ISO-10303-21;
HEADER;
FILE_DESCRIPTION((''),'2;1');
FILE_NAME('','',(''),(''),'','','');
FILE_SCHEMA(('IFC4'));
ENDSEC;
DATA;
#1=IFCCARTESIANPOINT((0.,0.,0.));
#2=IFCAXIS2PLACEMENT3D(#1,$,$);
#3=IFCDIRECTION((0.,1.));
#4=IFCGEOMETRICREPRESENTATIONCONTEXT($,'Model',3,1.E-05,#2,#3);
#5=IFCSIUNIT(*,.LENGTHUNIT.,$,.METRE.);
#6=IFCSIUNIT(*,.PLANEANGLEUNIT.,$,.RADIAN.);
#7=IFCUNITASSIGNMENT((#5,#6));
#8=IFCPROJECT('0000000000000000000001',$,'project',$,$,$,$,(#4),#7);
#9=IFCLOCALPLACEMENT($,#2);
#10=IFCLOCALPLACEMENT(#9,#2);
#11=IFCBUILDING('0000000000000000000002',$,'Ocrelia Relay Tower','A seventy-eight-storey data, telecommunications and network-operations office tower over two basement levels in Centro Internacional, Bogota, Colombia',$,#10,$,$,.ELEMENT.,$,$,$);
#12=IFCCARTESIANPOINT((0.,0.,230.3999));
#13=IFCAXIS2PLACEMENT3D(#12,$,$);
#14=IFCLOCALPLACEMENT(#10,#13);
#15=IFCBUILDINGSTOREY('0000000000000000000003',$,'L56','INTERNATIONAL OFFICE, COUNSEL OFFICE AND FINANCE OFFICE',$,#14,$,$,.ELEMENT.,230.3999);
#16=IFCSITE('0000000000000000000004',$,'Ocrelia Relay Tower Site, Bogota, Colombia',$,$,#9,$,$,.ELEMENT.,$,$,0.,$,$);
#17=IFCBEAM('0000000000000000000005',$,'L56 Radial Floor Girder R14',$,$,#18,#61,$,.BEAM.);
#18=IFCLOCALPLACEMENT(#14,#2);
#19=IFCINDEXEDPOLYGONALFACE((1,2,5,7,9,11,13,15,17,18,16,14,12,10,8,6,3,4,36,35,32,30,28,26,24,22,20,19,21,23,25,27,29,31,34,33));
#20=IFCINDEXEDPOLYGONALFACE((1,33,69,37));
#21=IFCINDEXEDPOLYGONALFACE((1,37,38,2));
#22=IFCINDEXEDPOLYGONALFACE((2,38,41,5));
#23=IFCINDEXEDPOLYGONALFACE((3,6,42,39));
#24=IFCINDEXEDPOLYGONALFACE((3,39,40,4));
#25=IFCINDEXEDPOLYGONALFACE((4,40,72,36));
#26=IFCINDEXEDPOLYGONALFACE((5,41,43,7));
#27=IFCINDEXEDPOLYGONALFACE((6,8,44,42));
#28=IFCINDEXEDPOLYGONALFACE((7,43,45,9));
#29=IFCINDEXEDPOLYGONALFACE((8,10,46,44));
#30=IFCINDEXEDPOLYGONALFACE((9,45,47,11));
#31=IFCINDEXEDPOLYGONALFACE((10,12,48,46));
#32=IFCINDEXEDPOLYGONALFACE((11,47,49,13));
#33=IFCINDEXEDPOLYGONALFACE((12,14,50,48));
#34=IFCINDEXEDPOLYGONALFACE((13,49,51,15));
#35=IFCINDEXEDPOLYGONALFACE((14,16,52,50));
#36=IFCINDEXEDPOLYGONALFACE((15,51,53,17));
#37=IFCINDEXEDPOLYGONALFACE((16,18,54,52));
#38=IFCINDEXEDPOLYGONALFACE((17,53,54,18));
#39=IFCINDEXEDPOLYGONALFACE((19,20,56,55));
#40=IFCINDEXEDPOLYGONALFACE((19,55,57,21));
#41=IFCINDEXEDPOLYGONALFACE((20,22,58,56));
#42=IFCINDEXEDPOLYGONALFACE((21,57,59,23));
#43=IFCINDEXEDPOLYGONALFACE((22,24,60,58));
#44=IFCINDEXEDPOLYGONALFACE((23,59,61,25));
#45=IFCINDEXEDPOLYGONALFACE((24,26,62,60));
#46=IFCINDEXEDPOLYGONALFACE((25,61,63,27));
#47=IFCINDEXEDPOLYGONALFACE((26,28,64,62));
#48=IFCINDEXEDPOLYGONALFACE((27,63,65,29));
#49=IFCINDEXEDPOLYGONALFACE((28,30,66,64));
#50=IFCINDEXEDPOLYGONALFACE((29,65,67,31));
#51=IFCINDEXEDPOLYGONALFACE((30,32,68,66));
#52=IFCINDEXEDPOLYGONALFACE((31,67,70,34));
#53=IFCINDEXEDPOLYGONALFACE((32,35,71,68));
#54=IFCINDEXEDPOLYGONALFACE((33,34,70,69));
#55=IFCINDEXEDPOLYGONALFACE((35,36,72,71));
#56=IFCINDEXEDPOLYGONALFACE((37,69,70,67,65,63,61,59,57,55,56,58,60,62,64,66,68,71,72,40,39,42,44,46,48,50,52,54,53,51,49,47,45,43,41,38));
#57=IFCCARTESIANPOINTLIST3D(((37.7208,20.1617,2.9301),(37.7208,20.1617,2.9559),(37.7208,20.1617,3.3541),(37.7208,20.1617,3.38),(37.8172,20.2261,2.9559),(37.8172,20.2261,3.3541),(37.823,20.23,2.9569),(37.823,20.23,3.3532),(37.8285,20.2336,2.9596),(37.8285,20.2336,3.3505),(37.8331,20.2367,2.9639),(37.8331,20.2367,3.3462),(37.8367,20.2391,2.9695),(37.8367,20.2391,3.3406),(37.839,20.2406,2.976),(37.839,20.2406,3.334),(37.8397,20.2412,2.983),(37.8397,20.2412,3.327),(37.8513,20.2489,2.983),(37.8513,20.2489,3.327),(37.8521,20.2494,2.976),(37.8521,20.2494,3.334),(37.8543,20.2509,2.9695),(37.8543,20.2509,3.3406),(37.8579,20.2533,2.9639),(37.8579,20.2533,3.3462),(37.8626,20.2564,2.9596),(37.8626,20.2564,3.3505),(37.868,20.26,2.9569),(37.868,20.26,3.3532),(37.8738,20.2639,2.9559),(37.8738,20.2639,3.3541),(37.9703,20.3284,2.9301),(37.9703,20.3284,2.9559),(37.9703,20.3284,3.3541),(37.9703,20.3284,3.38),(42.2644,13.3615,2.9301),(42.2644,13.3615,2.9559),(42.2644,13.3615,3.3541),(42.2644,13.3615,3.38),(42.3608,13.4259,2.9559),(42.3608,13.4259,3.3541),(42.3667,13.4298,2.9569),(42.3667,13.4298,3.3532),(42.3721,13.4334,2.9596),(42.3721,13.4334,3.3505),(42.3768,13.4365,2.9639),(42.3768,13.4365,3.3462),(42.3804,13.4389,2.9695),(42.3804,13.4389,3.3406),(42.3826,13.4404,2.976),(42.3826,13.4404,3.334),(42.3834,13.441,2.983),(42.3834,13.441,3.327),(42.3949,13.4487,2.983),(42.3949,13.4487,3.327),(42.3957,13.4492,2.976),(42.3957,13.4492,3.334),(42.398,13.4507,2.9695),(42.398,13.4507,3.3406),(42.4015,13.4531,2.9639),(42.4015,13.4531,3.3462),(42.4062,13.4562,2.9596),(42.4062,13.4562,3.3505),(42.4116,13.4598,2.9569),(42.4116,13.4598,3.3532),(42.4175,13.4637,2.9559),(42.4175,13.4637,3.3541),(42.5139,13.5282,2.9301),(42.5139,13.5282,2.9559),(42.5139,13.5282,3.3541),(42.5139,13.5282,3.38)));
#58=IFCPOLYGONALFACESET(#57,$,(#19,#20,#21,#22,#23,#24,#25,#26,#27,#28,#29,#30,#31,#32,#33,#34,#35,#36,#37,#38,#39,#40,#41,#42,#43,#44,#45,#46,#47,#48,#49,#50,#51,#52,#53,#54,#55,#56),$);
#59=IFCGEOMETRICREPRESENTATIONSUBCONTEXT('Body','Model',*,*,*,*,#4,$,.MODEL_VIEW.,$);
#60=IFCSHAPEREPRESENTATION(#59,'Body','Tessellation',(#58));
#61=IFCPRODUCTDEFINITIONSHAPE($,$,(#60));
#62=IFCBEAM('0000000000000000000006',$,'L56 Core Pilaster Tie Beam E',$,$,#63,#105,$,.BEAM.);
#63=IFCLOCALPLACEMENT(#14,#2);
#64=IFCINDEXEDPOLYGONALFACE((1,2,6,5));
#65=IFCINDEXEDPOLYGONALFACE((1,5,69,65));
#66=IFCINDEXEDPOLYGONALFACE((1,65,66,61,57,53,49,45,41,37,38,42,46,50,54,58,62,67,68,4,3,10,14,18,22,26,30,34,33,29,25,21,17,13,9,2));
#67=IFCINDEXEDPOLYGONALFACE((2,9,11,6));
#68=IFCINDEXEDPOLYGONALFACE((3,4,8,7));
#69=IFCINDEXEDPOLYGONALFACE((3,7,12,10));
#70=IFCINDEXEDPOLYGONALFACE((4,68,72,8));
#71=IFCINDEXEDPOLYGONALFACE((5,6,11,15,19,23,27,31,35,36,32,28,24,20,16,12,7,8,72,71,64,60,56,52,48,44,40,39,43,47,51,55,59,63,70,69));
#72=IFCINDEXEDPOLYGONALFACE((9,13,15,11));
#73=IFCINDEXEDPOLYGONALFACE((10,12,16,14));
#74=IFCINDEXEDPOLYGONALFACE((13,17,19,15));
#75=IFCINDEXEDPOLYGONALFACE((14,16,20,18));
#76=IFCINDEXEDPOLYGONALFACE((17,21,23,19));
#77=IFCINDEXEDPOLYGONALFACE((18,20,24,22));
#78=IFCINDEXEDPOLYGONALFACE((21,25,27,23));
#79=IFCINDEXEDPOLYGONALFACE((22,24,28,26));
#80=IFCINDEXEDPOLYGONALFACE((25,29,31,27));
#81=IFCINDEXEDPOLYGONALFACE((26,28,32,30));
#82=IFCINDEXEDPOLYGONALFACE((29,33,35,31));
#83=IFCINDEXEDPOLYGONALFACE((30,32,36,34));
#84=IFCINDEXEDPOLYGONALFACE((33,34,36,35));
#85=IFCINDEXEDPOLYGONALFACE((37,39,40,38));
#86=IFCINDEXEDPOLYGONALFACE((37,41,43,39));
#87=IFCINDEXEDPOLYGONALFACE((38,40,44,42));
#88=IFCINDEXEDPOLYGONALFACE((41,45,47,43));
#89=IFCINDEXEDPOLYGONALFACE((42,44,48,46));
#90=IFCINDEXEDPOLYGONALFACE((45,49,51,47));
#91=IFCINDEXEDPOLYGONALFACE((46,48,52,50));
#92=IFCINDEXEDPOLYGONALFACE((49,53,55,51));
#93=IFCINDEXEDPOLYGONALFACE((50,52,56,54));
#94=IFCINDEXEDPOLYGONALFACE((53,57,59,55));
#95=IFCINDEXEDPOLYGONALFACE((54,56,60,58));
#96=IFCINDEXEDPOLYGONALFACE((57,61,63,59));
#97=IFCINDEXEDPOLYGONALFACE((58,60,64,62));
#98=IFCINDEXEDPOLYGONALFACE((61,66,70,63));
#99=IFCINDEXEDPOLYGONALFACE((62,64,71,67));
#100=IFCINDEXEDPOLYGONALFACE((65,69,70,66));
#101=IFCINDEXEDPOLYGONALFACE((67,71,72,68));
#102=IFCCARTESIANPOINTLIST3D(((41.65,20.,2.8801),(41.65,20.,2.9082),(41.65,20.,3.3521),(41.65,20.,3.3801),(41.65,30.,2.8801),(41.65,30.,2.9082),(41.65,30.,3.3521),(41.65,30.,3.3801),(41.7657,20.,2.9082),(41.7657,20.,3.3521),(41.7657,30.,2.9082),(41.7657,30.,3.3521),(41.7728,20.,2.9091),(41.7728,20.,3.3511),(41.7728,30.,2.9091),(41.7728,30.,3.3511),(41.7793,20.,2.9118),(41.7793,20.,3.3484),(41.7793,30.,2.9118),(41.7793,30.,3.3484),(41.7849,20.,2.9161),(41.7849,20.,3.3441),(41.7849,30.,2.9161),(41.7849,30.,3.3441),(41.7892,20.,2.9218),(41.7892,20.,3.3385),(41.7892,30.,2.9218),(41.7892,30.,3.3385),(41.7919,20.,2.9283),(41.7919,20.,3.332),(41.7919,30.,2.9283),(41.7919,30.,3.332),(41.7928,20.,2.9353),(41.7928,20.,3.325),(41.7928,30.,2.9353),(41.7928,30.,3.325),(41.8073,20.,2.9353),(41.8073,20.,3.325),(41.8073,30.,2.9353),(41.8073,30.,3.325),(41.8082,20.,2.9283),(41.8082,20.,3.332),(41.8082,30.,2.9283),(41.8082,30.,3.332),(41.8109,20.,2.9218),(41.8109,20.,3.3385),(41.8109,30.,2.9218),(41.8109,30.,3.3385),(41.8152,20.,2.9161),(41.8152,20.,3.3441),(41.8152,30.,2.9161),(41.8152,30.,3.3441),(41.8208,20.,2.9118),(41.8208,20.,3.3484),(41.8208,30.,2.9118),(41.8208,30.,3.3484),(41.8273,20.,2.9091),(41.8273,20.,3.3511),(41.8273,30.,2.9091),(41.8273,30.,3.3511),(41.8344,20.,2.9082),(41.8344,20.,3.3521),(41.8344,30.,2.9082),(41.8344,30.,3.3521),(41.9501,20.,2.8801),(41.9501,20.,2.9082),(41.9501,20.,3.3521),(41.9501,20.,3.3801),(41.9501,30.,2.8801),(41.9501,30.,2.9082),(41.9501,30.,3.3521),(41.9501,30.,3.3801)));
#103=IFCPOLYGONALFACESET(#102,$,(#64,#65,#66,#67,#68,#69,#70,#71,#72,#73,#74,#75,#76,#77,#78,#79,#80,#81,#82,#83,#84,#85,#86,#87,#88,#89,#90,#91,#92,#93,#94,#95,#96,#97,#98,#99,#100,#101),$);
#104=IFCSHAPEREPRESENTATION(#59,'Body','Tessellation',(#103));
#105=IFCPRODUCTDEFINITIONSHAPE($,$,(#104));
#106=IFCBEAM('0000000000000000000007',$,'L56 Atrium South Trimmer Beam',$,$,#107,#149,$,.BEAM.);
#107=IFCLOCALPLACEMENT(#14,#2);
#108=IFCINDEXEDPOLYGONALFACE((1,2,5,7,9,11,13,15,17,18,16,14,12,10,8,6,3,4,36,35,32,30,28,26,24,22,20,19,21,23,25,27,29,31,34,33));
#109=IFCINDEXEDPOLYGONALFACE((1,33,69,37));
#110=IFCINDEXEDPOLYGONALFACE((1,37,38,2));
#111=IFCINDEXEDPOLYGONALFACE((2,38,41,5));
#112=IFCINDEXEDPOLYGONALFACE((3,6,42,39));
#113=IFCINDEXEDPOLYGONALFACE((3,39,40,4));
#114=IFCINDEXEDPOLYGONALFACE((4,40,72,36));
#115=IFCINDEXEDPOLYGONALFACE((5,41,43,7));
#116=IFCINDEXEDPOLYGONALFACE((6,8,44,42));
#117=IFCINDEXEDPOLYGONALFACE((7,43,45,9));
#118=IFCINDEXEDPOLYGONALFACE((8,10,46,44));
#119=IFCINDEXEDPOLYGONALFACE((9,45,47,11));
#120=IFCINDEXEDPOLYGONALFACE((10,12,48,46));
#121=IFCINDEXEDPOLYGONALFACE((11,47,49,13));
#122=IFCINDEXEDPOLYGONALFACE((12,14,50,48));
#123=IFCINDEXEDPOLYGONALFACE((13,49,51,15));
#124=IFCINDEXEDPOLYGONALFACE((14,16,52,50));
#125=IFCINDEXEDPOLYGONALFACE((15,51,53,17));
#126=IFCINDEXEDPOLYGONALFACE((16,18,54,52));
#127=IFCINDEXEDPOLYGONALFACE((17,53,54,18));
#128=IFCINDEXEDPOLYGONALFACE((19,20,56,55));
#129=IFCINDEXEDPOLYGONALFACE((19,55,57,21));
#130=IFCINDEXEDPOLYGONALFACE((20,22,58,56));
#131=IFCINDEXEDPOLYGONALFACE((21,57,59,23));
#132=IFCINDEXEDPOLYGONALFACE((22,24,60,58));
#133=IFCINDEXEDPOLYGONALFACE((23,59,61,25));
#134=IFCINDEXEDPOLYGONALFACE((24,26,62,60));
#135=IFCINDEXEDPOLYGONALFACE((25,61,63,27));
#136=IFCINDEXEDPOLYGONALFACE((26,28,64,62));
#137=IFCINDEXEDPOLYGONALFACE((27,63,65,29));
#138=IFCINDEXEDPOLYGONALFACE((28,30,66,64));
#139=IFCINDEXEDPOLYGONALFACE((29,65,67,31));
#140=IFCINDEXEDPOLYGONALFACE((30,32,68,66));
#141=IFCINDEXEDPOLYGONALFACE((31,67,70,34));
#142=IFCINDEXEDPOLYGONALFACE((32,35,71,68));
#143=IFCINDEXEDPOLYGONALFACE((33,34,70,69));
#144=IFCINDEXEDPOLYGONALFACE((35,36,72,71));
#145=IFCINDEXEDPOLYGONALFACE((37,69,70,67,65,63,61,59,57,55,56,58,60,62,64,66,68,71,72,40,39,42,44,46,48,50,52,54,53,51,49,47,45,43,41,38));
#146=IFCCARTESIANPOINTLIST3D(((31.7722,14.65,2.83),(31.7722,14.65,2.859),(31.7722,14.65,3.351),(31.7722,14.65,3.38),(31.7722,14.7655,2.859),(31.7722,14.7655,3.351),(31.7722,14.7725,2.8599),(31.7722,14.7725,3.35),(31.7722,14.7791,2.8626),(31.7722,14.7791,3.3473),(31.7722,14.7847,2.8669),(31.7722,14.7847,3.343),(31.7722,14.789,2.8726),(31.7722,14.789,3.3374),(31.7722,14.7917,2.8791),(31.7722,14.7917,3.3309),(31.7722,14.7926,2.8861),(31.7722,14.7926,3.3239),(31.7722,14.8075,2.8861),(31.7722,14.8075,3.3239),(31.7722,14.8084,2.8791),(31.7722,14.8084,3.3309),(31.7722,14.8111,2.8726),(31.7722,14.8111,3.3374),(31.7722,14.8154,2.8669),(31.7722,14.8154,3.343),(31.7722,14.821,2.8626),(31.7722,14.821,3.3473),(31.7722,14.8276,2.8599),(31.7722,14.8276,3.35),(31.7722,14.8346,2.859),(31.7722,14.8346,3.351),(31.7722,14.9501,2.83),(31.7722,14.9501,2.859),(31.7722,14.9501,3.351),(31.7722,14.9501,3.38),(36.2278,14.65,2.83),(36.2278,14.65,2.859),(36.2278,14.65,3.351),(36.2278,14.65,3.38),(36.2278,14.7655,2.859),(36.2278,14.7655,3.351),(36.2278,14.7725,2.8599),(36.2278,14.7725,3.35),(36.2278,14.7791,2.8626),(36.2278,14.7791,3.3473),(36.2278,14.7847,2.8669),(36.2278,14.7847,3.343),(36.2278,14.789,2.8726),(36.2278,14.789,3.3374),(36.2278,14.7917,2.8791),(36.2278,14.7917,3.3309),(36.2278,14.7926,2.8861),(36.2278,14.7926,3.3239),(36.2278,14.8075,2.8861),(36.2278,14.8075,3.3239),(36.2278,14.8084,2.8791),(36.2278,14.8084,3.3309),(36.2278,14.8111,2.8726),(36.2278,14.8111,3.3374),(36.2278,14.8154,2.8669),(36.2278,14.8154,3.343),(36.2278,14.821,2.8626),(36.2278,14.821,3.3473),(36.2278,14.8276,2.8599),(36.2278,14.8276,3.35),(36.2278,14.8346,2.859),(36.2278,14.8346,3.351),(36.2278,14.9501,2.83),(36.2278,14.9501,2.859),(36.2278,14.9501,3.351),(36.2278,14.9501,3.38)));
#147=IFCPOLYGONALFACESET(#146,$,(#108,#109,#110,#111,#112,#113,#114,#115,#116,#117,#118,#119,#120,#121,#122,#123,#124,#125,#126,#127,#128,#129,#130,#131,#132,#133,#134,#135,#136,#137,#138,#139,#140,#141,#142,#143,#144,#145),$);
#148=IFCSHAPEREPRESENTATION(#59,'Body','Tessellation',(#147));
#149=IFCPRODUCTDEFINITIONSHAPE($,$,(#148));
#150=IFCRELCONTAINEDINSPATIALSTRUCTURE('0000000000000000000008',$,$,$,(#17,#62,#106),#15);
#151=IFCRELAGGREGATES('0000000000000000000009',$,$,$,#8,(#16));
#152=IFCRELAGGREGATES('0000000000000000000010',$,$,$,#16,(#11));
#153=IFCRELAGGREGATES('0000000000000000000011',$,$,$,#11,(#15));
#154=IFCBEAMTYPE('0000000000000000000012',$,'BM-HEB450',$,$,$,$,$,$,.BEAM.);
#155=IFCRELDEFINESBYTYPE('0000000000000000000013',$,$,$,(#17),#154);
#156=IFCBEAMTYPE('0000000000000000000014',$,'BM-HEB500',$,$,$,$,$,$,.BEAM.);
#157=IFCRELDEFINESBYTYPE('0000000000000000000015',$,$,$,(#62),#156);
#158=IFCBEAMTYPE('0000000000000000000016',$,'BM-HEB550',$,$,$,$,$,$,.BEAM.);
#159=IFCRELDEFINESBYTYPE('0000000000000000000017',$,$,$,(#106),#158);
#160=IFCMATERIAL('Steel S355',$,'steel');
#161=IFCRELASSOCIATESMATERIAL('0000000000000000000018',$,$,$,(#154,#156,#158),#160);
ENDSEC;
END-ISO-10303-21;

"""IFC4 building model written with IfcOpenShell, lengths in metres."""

from ifc_helpers import new_model, si_unit, direction, frame, origin, origin_2d, place, context, subcontext, project, spatial, i_section, extrude, material, material_profile, profile_set, type_object, element, save


model = new_model("IFC4")

# Units and contexts
model_context = context("Model", 3, precision=1e-05, world=origin(), true_north=direction((0.0, 1.0)))
body_context = subcontext(model_context, "Body", "Model", "MODEL_VIEW")
ifc_project = project(units=[si_unit("LENGTHUNIT", "METRE"), si_unit("PLANEANGLEUNIT", "RADIAN")], contexts=[model_context])

# Site, building, storey
site_placement = place(None, origin())
site = spatial("IfcSite", under=ifc_project, at=site_placement, Name="Ocrelia Relay Tower Site, Bogota, Colombia", CompositionType="ELEMENT", RefElevation=0.0)
building_placement = place(site_placement, origin())
building = spatial("IfcBuilding", under=site, at=building_placement, Name="Ocrelia Relay Tower", Description="A seventy-eight-storey data, telecommunications and network-operations office tower over two basement levels in Centro Internacional, Bogota, Colombia", CompositionType="ELEMENT")
storey_placement = place(building_placement, frame((0.0, 0.0, 230.3999)))
storey = spatial("IfcBuildingStorey", under=building, at=storey_placement, Name="L56", Description="INTERNATIONAL OFFICE, COUNSEL OFFICE AND FINANCE OFFICE", CompositionType="ELEMENT", Elevation=230.3999)

# Beams
ifc_material_1 = material(Name="Steel S355", Category="steel")
ifc_material_profile_1 = material_profile(ifc_material_1, i_section(OverallWidth=0.3, OverallDepth=0.45, WebThickness=0.0139, FlangeThickness=0.0259, FilletRadius=0.0271, at=origin_2d()), Name="HEB 450")
ifc_profile_set_1 = profile_set([ifc_material_profile_1], Name="Steel S355")
beam_type_1 = type_object("IfcBeamType", Name="BM-HEB450", PredefinedType="BEAM", material=ifc_profile_set_1)
beam_1_placement = place(storey_placement, frame((42.3892, 13.4448, 3.155), z_axis=(-0.555561, 0.831476, 0.0), x_axis=(-0.831476, -0.555561, 0.0)))
element("IfcBeam", 1, at=beam_1_placement, inside=storey, type_object=beam_type_1, Name="L56 Radial Floor Girder R14", PredefinedType="BEAM", context=body_context, shape_type="SweptSolid", body=[
    extrude(i_section(OverallWidth=0.3, OverallDepth=0.45, WebThickness=0.0139, FlangeThickness=0.0259, FilletRadius=0.0271, at=origin_2d()), origin(), (0.0, 0.0, 1.0), 8.1785),
])
ifc_material_profile_2 = material_profile(ifc_material_1, i_section(OverallWidth=0.3, OverallDepth=0.5, WebThickness=0.0144, FlangeThickness=0.0281, FilletRadius=0.0271, at=origin_2d()), Name="HEB 500")
ifc_profile_set_2 = profile_set([ifc_material_profile_2], Name="Steel S355")
beam_type_2 = type_object("IfcBeamType", Name="BM-HEB500", PredefinedType="BEAM", material=ifc_profile_set_2)
beam_2_placement = place(storey_placement, frame((41.8, 20.0, 3.1301), z_axis=(0.0, 1.0, 0.0), x_axis=(-1.0, 0.0, 0.0)))
element("IfcBeam", 2, at=beam_2_placement, inside=storey, type_object=beam_type_2, Name="L56 Core Pilaster Tie Beam E", PredefinedType="BEAM", context=body_context, shape_type="SweptSolid", body=[
    extrude(i_section(OverallWidth=0.3, OverallDepth=0.5, WebThickness=0.0144, FlangeThickness=0.0281, FilletRadius=0.0271, at=origin_2d()), origin(), (0.0, 0.0, 1.0), 10.0),
])
ifc_material_profile_3 = material_profile(ifc_material_1, i_section(OverallWidth=0.3, OverallDepth=0.55, WebThickness=0.0149, FlangeThickness=0.0291, FilletRadius=0.0271, at=origin_2d()), Name="HEB 550")
ifc_profile_set_3 = profile_set([ifc_material_profile_3], Name="Steel S355")
beam_type_3 = type_object("IfcBeamType", Name="BM-HEB550", PredefinedType="BEAM", material=ifc_profile_set_3)
beam_3_placement = place(storey_placement, frame((31.7722, 14.8, 3.105), z_axis=(1.0, 0.0, 0.0), x_axis=(0.0, 1.0, 0.0)))
element("IfcBeam", 3, at=beam_3_placement, inside=storey, type_object=beam_type_3, Name="L56 Atrium South Trimmer Beam", PredefinedType="BEAM", context=body_context, shape_type="SweptSolid", body=[
    extrude(i_section(OverallWidth=0.3, OverallDepth=0.55, WebThickness=0.0149, FlangeThickness=0.0291, FilletRadius=0.0271, at=origin_2d()), origin(), (0.0, 0.0, 1.0), 4.4556),
])

save(model, "model.ifc")
